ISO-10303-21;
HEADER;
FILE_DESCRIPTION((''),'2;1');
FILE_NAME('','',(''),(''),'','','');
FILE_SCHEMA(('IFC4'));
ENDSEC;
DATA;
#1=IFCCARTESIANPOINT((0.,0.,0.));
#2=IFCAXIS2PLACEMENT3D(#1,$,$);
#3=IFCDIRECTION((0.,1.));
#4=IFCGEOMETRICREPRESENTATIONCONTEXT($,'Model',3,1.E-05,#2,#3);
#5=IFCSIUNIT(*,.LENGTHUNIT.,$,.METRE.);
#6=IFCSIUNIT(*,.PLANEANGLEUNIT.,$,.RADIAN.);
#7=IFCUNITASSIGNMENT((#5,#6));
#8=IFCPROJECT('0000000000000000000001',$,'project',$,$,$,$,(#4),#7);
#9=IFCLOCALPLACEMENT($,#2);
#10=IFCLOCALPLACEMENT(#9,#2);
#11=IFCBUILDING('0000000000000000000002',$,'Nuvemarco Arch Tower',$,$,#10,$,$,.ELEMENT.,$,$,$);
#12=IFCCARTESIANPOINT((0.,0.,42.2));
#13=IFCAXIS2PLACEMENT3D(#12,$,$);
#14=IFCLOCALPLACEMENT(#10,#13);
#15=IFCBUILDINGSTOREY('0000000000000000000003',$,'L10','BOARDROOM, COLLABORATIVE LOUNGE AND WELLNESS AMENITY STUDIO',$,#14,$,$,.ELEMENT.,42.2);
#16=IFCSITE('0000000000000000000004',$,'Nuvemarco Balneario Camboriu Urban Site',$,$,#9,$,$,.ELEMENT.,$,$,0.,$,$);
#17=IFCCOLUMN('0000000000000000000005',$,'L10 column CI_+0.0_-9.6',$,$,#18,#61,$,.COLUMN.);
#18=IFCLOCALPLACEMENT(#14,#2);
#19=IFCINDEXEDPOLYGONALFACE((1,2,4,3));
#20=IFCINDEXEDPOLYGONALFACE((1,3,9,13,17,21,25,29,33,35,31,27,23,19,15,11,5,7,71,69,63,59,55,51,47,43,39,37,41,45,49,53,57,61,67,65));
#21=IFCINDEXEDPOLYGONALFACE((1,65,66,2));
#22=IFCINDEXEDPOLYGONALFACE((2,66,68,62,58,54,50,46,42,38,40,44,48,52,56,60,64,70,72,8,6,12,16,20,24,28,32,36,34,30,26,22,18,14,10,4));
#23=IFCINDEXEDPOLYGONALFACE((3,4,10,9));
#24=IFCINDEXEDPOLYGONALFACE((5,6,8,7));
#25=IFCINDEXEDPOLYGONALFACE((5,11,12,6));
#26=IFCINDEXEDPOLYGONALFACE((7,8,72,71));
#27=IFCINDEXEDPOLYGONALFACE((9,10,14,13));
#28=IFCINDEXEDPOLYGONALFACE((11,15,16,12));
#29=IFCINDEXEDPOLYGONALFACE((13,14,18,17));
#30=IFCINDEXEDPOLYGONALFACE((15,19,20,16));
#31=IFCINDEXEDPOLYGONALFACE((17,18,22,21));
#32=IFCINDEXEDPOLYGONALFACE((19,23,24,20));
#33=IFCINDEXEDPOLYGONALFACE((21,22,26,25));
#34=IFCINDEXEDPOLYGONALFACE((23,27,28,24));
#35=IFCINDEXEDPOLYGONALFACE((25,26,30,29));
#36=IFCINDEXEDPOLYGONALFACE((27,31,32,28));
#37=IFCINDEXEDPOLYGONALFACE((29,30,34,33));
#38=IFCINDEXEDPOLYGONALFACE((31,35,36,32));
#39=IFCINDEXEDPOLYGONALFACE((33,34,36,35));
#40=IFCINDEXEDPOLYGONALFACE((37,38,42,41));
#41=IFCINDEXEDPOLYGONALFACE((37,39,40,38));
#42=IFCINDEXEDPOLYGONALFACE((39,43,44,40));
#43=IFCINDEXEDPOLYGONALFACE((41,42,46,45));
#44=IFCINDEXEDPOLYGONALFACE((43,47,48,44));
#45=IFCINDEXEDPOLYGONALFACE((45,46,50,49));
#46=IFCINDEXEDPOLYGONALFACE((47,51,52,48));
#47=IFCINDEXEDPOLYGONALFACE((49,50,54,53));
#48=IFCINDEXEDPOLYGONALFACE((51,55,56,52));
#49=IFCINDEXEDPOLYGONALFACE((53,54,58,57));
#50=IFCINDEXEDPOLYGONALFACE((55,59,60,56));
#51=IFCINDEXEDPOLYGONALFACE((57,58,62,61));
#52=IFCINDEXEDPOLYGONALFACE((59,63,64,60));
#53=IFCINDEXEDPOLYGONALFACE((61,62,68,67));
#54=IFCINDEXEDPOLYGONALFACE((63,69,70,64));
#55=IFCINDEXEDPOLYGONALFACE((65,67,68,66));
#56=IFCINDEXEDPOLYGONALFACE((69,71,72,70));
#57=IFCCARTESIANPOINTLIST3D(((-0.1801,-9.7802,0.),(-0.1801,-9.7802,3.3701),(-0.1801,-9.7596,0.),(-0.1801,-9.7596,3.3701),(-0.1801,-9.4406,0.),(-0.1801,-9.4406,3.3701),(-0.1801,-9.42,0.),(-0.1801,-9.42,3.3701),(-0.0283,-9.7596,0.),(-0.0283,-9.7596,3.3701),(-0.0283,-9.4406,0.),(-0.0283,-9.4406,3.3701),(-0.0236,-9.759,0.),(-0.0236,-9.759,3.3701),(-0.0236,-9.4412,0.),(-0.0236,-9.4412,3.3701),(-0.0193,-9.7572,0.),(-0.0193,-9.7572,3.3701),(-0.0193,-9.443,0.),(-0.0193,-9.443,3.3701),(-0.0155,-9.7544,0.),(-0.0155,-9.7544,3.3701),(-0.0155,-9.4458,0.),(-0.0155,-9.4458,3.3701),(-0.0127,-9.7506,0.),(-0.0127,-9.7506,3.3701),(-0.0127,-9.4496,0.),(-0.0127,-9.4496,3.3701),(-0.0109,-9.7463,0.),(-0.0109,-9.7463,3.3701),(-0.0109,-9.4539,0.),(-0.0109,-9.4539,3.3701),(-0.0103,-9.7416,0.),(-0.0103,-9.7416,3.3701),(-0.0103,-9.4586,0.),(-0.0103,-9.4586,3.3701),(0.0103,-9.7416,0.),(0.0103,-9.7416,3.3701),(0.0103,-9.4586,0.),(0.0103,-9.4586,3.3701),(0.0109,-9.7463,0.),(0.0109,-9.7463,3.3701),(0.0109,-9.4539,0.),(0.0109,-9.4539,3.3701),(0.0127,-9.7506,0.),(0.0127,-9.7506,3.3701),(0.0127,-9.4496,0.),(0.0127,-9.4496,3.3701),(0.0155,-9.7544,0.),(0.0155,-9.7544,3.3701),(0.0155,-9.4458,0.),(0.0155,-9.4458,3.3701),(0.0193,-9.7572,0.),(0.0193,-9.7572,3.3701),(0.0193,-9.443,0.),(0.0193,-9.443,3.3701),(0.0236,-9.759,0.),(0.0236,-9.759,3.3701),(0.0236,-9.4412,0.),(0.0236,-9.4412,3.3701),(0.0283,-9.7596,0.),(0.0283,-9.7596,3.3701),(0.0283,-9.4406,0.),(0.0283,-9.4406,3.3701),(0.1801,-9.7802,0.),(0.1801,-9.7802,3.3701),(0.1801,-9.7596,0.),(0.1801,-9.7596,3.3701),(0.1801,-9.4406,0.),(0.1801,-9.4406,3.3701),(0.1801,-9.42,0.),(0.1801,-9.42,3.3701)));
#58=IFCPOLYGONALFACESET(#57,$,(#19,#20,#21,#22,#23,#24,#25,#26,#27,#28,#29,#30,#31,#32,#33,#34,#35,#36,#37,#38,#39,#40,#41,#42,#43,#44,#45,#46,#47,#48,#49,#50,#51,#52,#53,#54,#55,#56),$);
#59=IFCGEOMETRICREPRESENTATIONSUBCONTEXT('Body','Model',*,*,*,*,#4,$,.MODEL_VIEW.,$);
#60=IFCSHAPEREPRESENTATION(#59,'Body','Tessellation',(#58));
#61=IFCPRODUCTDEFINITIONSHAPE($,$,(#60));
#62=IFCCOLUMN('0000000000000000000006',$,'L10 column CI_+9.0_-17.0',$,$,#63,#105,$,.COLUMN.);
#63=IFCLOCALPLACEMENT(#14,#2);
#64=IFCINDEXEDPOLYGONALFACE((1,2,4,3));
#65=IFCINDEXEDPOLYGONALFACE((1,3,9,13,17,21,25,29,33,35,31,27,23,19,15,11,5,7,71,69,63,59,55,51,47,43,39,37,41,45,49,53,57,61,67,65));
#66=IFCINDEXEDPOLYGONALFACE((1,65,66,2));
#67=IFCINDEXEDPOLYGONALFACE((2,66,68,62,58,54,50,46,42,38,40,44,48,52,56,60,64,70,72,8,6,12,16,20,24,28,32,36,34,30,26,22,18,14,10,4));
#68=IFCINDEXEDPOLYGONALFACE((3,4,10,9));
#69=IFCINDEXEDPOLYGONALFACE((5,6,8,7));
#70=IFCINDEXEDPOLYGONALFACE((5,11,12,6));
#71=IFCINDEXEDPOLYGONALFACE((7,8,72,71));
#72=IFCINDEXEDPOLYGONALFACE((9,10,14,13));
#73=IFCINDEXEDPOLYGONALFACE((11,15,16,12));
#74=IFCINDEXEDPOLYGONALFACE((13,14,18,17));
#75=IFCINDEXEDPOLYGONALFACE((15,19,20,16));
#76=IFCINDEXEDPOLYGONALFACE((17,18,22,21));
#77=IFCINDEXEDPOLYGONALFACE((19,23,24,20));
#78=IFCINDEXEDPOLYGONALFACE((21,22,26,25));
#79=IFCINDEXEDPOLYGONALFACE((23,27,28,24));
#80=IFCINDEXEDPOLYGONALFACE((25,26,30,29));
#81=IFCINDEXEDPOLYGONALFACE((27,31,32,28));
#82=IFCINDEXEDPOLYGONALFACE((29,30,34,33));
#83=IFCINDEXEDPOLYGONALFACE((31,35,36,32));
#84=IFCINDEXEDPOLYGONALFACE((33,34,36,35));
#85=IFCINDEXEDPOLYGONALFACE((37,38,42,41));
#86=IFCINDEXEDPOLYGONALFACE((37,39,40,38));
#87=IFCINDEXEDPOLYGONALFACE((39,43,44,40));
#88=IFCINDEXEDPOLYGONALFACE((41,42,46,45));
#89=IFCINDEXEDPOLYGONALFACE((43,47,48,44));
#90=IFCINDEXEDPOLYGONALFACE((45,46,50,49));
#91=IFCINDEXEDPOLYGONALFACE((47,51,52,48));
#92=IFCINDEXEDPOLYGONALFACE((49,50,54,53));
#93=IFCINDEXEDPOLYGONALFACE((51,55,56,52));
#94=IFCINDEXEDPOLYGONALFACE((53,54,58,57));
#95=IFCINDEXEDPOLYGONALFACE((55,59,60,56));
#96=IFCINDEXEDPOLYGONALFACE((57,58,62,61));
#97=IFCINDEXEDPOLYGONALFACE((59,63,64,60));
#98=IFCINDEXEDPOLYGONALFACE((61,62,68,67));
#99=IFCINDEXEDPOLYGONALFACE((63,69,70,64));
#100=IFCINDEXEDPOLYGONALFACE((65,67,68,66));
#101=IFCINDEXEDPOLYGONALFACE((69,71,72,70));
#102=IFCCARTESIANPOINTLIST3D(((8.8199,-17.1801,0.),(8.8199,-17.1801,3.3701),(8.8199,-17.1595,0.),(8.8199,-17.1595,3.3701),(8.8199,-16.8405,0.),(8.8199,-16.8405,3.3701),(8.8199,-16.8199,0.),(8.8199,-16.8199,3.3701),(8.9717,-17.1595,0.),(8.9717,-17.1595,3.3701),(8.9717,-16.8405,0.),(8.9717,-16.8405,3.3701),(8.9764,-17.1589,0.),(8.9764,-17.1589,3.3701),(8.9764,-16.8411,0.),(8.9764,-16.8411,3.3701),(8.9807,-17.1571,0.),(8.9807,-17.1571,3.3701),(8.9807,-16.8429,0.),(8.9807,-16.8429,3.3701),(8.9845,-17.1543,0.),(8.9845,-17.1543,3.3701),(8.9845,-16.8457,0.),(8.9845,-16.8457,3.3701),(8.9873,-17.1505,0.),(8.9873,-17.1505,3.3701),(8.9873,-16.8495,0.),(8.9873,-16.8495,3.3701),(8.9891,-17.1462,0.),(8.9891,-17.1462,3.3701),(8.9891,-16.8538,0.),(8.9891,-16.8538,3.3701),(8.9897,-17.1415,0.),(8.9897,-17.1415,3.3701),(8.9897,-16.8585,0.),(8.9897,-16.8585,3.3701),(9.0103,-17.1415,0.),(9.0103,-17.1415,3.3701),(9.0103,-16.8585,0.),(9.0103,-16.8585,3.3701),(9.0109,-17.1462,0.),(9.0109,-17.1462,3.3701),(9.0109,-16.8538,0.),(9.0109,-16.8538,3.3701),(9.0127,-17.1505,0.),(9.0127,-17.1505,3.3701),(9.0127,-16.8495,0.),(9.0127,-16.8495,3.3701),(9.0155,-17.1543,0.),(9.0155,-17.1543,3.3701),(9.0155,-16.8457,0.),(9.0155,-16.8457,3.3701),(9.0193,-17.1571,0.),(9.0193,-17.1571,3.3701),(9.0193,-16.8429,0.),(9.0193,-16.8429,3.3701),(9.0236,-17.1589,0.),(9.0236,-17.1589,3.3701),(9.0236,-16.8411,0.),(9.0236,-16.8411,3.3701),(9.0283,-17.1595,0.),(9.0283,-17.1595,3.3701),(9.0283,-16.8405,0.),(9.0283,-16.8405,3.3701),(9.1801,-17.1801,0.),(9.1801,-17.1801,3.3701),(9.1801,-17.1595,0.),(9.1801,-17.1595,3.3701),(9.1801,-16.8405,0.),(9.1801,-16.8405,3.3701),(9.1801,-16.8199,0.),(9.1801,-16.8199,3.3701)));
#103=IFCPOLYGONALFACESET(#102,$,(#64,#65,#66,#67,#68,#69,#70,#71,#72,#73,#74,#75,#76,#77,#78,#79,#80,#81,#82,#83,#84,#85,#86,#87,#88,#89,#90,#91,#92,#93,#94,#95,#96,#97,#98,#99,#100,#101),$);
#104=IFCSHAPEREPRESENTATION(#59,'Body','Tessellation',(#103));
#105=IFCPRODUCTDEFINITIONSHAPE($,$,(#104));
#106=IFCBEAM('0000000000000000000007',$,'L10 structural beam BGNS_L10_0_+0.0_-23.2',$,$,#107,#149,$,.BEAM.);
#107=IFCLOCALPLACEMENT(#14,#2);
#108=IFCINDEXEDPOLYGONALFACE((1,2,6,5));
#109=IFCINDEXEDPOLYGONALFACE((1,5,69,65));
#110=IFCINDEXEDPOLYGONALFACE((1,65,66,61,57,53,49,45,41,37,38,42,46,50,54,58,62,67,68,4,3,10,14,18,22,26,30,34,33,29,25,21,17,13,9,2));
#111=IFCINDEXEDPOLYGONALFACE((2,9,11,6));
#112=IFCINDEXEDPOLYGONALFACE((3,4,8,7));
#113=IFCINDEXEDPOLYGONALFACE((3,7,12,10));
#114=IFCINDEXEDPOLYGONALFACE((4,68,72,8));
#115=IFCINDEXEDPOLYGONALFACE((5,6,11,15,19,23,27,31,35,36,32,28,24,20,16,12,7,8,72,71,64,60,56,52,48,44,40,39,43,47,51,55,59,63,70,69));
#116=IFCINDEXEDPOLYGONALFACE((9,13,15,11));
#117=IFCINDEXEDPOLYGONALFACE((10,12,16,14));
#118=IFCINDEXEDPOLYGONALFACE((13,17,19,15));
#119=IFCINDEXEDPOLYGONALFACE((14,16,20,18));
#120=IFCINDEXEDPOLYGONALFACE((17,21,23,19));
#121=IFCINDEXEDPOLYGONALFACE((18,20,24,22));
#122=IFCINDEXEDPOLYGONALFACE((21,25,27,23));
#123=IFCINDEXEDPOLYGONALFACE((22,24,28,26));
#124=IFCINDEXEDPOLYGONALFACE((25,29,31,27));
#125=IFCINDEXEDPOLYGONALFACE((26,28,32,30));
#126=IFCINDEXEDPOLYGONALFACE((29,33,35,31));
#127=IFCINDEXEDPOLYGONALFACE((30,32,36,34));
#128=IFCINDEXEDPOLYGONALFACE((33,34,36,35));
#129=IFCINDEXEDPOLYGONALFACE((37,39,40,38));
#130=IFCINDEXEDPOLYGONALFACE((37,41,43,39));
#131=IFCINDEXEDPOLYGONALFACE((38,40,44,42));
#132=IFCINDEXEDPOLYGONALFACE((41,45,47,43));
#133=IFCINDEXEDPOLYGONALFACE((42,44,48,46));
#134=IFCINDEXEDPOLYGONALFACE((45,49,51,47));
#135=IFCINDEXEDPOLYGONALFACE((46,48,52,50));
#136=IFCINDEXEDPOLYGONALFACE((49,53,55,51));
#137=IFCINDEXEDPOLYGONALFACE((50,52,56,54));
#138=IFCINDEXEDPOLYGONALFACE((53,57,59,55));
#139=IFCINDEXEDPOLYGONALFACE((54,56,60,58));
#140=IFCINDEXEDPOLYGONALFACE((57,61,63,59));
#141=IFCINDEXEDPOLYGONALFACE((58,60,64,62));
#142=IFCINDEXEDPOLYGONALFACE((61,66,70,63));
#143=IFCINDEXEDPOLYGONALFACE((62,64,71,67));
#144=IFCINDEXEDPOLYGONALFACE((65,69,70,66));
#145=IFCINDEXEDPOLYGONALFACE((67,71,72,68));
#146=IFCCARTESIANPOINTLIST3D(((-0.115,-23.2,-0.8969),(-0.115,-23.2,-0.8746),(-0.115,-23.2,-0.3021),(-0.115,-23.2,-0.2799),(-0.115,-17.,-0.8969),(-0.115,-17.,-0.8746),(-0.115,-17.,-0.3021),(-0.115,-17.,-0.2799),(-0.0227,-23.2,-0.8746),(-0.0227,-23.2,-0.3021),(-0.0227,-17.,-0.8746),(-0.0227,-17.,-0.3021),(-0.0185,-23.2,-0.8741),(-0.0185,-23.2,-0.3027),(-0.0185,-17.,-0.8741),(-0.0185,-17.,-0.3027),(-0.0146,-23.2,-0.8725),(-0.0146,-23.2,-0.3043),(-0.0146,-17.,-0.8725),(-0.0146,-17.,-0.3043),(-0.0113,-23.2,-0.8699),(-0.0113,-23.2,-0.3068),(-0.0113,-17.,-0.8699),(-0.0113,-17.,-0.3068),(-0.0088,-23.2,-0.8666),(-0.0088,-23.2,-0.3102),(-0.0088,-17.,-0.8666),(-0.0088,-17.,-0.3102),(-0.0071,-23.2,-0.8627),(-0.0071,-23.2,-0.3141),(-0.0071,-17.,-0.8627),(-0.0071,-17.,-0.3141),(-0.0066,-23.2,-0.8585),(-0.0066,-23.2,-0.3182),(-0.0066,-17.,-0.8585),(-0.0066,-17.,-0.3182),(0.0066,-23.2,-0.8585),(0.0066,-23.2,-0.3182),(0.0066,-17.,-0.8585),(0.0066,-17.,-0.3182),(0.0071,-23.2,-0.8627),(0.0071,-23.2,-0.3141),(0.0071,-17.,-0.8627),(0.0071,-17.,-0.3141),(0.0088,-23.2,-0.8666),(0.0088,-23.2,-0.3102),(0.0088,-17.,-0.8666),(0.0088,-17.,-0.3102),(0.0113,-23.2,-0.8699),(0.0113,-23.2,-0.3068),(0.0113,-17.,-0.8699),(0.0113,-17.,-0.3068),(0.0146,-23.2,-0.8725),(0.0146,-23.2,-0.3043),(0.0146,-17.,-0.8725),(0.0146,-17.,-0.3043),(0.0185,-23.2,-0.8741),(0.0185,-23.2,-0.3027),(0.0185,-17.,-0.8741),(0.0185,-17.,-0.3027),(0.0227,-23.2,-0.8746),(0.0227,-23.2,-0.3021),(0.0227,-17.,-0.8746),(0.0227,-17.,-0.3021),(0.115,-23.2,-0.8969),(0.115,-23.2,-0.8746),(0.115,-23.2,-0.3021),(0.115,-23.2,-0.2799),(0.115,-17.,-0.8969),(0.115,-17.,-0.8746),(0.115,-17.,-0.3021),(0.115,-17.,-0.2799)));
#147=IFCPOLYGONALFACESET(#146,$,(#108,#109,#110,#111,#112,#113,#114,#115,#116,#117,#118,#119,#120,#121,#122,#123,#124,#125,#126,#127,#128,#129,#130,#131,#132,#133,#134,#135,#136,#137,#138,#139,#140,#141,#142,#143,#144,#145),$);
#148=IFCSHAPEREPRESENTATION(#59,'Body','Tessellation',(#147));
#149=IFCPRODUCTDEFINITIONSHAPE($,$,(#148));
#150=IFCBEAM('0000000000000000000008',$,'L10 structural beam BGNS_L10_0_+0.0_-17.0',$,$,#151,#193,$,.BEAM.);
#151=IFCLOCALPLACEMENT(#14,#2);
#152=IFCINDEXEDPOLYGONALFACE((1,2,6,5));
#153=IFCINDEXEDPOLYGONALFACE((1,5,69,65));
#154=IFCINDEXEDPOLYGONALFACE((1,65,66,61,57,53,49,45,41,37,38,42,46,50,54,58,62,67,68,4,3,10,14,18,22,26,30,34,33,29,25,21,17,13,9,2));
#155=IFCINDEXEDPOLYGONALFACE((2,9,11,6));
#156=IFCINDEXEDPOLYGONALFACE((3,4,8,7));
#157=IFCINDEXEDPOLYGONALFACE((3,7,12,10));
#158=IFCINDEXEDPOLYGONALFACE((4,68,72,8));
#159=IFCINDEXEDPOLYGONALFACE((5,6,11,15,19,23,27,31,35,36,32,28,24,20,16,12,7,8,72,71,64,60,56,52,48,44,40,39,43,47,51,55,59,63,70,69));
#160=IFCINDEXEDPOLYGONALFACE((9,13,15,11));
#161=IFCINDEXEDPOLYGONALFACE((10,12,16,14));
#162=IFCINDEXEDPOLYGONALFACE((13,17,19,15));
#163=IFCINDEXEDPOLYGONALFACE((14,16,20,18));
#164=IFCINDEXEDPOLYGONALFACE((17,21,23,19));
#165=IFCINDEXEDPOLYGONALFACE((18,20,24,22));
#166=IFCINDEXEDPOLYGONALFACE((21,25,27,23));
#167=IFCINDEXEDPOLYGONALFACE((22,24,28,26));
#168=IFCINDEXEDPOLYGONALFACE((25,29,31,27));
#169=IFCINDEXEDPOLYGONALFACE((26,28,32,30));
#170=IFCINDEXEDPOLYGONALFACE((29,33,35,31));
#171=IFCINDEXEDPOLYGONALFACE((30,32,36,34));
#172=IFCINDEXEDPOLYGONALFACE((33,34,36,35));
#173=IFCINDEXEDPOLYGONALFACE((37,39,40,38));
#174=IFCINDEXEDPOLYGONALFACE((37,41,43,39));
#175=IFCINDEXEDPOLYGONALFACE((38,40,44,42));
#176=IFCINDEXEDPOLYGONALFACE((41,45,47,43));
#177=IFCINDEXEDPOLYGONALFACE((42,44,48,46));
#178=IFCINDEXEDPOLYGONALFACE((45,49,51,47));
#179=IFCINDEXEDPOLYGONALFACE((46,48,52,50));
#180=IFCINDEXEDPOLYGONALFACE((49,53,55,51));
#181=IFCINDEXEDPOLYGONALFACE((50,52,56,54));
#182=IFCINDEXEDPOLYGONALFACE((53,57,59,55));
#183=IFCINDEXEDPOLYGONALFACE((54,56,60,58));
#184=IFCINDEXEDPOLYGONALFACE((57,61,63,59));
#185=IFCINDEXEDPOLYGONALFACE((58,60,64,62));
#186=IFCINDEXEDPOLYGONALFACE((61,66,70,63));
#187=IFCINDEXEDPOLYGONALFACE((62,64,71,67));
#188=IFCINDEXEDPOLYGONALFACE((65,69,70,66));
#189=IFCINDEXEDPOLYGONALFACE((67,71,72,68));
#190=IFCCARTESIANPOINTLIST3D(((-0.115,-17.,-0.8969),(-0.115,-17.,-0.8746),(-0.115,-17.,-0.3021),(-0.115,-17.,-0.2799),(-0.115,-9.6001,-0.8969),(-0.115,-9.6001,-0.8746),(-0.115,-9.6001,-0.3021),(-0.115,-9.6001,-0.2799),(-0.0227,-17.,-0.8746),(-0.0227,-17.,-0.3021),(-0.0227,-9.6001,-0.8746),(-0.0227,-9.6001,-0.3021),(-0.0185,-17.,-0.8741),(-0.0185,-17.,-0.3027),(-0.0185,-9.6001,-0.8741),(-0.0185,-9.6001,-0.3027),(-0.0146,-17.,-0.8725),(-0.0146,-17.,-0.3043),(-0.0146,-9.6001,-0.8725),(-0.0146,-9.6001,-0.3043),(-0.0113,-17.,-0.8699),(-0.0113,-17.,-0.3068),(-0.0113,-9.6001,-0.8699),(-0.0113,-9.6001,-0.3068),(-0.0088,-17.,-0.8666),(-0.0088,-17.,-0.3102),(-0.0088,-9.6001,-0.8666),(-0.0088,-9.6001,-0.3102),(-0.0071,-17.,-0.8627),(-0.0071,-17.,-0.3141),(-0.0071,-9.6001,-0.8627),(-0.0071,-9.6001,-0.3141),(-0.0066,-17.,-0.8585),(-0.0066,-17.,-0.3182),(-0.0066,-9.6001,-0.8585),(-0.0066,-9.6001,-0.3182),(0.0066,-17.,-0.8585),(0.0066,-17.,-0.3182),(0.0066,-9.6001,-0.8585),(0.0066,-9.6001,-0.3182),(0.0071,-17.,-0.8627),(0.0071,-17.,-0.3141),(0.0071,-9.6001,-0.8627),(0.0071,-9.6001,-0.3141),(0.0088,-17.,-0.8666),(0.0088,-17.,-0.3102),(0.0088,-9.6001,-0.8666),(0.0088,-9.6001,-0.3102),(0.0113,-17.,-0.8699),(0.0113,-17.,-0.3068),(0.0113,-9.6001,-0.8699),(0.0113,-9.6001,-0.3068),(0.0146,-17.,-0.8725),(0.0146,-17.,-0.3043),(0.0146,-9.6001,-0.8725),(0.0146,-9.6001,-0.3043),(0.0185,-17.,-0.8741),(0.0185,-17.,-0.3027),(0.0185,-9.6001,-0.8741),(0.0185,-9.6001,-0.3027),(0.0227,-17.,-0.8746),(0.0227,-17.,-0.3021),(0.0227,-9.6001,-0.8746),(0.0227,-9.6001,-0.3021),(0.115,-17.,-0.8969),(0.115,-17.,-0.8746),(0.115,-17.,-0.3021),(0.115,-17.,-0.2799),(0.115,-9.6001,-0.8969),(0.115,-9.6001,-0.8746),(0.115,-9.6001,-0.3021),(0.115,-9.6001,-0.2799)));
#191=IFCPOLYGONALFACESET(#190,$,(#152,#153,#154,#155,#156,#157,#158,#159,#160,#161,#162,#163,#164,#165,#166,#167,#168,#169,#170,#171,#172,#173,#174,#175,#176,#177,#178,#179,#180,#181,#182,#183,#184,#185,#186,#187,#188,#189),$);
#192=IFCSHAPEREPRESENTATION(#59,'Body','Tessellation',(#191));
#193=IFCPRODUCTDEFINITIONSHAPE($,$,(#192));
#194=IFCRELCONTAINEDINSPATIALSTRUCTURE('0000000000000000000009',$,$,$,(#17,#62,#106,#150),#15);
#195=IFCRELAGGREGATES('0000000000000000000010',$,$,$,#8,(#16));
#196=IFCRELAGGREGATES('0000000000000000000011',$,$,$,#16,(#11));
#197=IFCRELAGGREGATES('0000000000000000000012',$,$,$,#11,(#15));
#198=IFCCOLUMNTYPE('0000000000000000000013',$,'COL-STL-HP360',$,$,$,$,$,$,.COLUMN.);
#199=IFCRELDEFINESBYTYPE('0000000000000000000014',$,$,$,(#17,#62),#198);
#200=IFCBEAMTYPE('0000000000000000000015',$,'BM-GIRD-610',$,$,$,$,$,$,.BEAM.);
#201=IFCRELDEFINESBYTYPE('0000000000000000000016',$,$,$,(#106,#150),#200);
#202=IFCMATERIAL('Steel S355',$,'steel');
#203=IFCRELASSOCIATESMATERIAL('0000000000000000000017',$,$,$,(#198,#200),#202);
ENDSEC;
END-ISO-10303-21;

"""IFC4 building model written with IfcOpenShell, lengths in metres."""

from ifc_helpers import new_model, si_unit, direction, frame, origin, origin_2d, place, context, subcontext, project, spatial, i_section, extrude, material, material_profile, profile_set, type_object, element, save


model = new_model("IFC4")

# Units and contexts
model_context = context("Model", 3, precision=1e-05, world=origin(), true_north=direction((0.0, 1.0)))
body_context = subcontext(model_context, "Body", "Model", "MODEL_VIEW")
ifc_project = project(units=[si_unit("LENGTHUNIT", "METRE"), si_unit("PLANEANGLEUNIT", "RADIAN")], contexts=[model_context])

# Site, building, storey
site_placement = place(None, origin())
site = spatial("IfcSite", under=ifc_project, at=site_placement, Name="Nuvemarco Balneario Camboriu Urban Site", CompositionType="ELEMENT", RefElevation=0.0)
building_placement = place(site_placement, origin())
building = spatial("IfcBuilding", under=site, at=building_placement, Name="Nuvemarco Arch Tower", CompositionType="ELEMENT")
storey_placement = place(building_placement, frame((0.0, 0.0, 42.2)))
storey = spatial("IfcBuildingStorey", under=building, at=storey_placement, Name="L10", Description="BOARDROOM, COLLABORATIVE LOUNGE AND WELLNESS AMENITY STUDIO", CompositionType="ELEMENT", Elevation=42.2)

# Columns
ifc_material_1 = material(Name="Steel S355", Category="steel")
ifc_material_profile_1 = material_profile(ifc_material_1, i_section(OverallWidth=0.3601, OverallDepth=0.3601, WebThickness=0.0205, FlangeThickness=0.0205, FilletRadius=0.0181, at=origin_2d()), Name="HP360x174")
ifc_profile_set_1 = profile_set([ifc_material_profile_1], Name="Steel S355")
column_type_1 = type_object("IfcColumnType", Name="COL-STL-HP360", PredefinedType="COLUMN", material=ifc_profile_set_1)
for number, where, z_axis, x_axis, name in (
    (1, (0.0, -9.6001, 0.0), (0.0, 0.0, 1.0), (1.0, 0.0, 0.0), "L10 column CI_+0.0_-9.6"),
    (2, (9.0, -17.0, 0.0), (0.0, 0.0, 1.0), (1.0, 0.0, 0.0), "L10 column CI_+9.0_-17.0"),
):
    element("IfcColumn", number, at=place(storey_placement, frame(where, z_axis=z_axis, x_axis=x_axis)), inside=storey, type_object=column_type_1, Name=name, PredefinedType="COLUMN", context=body_context, shape_type="SweptSolid", body=[
        extrude(i_section(OverallWidth=0.3601, OverallDepth=0.3601, WebThickness=0.0205, FlangeThickness=0.0205, FilletRadius=0.0181, at=origin_2d()), origin(), (0.0, 0.0, 1.0), 3.3701),
    ])

# Beams
ifc_material_profile_2 = material_profile(ifc_material_1, i_section(OverallWidth=0.23, OverallDepth=0.6169, WebThickness=0.0132, FlangeThickness=0.0222, FilletRadius=0.0161, at=origin_2d()), Name="W610x140")
ifc_profile_set_2 = profile_set([ifc_material_profile_2], Name="Steel S355")
beam_type_1 = type_object("IfcBeamType", Name="BM-GIRD-610", PredefinedType="BEAM", material=ifc_profile_set_2)
beam_1_placement = place(storey_placement, frame((0.0, -23.2, -0.5884), z_axis=(0.0, 1.0, 0.0), x_axis=(-1.0, 0.0, 0.0)))
element("IfcBeam", 3, at=beam_1_placement, inside=storey, type_object=beam_type_1, Name="L10 structural beam BGNS_L10_0_+0.0_-23.2", PredefinedType="BEAM", context=body_context, shape_type="SweptSolid", body=[
    extrude(i_section(OverallWidth=0.23, OverallDepth=0.6169, WebThickness=0.0132, FlangeThickness=0.0222, FilletRadius=0.0161, at=origin_2d()), origin(), (0.0, 0.0, 1.0), 6.2),
])
beam_2_placement = place(storey_placement, frame((0.0, -17.0, -0.5884), z_axis=(0.0, 1.0, 0.0), x_axis=(-1.0, 0.0, 0.0)))
element("IfcBeam", 4, at=beam_2_placement, inside=storey, type_object=beam_type_1, Name="L10 structural beam BGNS_L10_0_+0.0_-17.0", PredefinedType="BEAM", context=body_context, shape_type="SweptSolid", body=[
    extrude(i_section(OverallWidth=0.23, OverallDepth=0.6169, WebThickness=0.0132, FlangeThickness=0.0222, FilletRadius=0.0161, at=origin_2d()), origin(), (0.0, 0.0, 1.0), 7.3999),
])

save(model, "model.ifc")
